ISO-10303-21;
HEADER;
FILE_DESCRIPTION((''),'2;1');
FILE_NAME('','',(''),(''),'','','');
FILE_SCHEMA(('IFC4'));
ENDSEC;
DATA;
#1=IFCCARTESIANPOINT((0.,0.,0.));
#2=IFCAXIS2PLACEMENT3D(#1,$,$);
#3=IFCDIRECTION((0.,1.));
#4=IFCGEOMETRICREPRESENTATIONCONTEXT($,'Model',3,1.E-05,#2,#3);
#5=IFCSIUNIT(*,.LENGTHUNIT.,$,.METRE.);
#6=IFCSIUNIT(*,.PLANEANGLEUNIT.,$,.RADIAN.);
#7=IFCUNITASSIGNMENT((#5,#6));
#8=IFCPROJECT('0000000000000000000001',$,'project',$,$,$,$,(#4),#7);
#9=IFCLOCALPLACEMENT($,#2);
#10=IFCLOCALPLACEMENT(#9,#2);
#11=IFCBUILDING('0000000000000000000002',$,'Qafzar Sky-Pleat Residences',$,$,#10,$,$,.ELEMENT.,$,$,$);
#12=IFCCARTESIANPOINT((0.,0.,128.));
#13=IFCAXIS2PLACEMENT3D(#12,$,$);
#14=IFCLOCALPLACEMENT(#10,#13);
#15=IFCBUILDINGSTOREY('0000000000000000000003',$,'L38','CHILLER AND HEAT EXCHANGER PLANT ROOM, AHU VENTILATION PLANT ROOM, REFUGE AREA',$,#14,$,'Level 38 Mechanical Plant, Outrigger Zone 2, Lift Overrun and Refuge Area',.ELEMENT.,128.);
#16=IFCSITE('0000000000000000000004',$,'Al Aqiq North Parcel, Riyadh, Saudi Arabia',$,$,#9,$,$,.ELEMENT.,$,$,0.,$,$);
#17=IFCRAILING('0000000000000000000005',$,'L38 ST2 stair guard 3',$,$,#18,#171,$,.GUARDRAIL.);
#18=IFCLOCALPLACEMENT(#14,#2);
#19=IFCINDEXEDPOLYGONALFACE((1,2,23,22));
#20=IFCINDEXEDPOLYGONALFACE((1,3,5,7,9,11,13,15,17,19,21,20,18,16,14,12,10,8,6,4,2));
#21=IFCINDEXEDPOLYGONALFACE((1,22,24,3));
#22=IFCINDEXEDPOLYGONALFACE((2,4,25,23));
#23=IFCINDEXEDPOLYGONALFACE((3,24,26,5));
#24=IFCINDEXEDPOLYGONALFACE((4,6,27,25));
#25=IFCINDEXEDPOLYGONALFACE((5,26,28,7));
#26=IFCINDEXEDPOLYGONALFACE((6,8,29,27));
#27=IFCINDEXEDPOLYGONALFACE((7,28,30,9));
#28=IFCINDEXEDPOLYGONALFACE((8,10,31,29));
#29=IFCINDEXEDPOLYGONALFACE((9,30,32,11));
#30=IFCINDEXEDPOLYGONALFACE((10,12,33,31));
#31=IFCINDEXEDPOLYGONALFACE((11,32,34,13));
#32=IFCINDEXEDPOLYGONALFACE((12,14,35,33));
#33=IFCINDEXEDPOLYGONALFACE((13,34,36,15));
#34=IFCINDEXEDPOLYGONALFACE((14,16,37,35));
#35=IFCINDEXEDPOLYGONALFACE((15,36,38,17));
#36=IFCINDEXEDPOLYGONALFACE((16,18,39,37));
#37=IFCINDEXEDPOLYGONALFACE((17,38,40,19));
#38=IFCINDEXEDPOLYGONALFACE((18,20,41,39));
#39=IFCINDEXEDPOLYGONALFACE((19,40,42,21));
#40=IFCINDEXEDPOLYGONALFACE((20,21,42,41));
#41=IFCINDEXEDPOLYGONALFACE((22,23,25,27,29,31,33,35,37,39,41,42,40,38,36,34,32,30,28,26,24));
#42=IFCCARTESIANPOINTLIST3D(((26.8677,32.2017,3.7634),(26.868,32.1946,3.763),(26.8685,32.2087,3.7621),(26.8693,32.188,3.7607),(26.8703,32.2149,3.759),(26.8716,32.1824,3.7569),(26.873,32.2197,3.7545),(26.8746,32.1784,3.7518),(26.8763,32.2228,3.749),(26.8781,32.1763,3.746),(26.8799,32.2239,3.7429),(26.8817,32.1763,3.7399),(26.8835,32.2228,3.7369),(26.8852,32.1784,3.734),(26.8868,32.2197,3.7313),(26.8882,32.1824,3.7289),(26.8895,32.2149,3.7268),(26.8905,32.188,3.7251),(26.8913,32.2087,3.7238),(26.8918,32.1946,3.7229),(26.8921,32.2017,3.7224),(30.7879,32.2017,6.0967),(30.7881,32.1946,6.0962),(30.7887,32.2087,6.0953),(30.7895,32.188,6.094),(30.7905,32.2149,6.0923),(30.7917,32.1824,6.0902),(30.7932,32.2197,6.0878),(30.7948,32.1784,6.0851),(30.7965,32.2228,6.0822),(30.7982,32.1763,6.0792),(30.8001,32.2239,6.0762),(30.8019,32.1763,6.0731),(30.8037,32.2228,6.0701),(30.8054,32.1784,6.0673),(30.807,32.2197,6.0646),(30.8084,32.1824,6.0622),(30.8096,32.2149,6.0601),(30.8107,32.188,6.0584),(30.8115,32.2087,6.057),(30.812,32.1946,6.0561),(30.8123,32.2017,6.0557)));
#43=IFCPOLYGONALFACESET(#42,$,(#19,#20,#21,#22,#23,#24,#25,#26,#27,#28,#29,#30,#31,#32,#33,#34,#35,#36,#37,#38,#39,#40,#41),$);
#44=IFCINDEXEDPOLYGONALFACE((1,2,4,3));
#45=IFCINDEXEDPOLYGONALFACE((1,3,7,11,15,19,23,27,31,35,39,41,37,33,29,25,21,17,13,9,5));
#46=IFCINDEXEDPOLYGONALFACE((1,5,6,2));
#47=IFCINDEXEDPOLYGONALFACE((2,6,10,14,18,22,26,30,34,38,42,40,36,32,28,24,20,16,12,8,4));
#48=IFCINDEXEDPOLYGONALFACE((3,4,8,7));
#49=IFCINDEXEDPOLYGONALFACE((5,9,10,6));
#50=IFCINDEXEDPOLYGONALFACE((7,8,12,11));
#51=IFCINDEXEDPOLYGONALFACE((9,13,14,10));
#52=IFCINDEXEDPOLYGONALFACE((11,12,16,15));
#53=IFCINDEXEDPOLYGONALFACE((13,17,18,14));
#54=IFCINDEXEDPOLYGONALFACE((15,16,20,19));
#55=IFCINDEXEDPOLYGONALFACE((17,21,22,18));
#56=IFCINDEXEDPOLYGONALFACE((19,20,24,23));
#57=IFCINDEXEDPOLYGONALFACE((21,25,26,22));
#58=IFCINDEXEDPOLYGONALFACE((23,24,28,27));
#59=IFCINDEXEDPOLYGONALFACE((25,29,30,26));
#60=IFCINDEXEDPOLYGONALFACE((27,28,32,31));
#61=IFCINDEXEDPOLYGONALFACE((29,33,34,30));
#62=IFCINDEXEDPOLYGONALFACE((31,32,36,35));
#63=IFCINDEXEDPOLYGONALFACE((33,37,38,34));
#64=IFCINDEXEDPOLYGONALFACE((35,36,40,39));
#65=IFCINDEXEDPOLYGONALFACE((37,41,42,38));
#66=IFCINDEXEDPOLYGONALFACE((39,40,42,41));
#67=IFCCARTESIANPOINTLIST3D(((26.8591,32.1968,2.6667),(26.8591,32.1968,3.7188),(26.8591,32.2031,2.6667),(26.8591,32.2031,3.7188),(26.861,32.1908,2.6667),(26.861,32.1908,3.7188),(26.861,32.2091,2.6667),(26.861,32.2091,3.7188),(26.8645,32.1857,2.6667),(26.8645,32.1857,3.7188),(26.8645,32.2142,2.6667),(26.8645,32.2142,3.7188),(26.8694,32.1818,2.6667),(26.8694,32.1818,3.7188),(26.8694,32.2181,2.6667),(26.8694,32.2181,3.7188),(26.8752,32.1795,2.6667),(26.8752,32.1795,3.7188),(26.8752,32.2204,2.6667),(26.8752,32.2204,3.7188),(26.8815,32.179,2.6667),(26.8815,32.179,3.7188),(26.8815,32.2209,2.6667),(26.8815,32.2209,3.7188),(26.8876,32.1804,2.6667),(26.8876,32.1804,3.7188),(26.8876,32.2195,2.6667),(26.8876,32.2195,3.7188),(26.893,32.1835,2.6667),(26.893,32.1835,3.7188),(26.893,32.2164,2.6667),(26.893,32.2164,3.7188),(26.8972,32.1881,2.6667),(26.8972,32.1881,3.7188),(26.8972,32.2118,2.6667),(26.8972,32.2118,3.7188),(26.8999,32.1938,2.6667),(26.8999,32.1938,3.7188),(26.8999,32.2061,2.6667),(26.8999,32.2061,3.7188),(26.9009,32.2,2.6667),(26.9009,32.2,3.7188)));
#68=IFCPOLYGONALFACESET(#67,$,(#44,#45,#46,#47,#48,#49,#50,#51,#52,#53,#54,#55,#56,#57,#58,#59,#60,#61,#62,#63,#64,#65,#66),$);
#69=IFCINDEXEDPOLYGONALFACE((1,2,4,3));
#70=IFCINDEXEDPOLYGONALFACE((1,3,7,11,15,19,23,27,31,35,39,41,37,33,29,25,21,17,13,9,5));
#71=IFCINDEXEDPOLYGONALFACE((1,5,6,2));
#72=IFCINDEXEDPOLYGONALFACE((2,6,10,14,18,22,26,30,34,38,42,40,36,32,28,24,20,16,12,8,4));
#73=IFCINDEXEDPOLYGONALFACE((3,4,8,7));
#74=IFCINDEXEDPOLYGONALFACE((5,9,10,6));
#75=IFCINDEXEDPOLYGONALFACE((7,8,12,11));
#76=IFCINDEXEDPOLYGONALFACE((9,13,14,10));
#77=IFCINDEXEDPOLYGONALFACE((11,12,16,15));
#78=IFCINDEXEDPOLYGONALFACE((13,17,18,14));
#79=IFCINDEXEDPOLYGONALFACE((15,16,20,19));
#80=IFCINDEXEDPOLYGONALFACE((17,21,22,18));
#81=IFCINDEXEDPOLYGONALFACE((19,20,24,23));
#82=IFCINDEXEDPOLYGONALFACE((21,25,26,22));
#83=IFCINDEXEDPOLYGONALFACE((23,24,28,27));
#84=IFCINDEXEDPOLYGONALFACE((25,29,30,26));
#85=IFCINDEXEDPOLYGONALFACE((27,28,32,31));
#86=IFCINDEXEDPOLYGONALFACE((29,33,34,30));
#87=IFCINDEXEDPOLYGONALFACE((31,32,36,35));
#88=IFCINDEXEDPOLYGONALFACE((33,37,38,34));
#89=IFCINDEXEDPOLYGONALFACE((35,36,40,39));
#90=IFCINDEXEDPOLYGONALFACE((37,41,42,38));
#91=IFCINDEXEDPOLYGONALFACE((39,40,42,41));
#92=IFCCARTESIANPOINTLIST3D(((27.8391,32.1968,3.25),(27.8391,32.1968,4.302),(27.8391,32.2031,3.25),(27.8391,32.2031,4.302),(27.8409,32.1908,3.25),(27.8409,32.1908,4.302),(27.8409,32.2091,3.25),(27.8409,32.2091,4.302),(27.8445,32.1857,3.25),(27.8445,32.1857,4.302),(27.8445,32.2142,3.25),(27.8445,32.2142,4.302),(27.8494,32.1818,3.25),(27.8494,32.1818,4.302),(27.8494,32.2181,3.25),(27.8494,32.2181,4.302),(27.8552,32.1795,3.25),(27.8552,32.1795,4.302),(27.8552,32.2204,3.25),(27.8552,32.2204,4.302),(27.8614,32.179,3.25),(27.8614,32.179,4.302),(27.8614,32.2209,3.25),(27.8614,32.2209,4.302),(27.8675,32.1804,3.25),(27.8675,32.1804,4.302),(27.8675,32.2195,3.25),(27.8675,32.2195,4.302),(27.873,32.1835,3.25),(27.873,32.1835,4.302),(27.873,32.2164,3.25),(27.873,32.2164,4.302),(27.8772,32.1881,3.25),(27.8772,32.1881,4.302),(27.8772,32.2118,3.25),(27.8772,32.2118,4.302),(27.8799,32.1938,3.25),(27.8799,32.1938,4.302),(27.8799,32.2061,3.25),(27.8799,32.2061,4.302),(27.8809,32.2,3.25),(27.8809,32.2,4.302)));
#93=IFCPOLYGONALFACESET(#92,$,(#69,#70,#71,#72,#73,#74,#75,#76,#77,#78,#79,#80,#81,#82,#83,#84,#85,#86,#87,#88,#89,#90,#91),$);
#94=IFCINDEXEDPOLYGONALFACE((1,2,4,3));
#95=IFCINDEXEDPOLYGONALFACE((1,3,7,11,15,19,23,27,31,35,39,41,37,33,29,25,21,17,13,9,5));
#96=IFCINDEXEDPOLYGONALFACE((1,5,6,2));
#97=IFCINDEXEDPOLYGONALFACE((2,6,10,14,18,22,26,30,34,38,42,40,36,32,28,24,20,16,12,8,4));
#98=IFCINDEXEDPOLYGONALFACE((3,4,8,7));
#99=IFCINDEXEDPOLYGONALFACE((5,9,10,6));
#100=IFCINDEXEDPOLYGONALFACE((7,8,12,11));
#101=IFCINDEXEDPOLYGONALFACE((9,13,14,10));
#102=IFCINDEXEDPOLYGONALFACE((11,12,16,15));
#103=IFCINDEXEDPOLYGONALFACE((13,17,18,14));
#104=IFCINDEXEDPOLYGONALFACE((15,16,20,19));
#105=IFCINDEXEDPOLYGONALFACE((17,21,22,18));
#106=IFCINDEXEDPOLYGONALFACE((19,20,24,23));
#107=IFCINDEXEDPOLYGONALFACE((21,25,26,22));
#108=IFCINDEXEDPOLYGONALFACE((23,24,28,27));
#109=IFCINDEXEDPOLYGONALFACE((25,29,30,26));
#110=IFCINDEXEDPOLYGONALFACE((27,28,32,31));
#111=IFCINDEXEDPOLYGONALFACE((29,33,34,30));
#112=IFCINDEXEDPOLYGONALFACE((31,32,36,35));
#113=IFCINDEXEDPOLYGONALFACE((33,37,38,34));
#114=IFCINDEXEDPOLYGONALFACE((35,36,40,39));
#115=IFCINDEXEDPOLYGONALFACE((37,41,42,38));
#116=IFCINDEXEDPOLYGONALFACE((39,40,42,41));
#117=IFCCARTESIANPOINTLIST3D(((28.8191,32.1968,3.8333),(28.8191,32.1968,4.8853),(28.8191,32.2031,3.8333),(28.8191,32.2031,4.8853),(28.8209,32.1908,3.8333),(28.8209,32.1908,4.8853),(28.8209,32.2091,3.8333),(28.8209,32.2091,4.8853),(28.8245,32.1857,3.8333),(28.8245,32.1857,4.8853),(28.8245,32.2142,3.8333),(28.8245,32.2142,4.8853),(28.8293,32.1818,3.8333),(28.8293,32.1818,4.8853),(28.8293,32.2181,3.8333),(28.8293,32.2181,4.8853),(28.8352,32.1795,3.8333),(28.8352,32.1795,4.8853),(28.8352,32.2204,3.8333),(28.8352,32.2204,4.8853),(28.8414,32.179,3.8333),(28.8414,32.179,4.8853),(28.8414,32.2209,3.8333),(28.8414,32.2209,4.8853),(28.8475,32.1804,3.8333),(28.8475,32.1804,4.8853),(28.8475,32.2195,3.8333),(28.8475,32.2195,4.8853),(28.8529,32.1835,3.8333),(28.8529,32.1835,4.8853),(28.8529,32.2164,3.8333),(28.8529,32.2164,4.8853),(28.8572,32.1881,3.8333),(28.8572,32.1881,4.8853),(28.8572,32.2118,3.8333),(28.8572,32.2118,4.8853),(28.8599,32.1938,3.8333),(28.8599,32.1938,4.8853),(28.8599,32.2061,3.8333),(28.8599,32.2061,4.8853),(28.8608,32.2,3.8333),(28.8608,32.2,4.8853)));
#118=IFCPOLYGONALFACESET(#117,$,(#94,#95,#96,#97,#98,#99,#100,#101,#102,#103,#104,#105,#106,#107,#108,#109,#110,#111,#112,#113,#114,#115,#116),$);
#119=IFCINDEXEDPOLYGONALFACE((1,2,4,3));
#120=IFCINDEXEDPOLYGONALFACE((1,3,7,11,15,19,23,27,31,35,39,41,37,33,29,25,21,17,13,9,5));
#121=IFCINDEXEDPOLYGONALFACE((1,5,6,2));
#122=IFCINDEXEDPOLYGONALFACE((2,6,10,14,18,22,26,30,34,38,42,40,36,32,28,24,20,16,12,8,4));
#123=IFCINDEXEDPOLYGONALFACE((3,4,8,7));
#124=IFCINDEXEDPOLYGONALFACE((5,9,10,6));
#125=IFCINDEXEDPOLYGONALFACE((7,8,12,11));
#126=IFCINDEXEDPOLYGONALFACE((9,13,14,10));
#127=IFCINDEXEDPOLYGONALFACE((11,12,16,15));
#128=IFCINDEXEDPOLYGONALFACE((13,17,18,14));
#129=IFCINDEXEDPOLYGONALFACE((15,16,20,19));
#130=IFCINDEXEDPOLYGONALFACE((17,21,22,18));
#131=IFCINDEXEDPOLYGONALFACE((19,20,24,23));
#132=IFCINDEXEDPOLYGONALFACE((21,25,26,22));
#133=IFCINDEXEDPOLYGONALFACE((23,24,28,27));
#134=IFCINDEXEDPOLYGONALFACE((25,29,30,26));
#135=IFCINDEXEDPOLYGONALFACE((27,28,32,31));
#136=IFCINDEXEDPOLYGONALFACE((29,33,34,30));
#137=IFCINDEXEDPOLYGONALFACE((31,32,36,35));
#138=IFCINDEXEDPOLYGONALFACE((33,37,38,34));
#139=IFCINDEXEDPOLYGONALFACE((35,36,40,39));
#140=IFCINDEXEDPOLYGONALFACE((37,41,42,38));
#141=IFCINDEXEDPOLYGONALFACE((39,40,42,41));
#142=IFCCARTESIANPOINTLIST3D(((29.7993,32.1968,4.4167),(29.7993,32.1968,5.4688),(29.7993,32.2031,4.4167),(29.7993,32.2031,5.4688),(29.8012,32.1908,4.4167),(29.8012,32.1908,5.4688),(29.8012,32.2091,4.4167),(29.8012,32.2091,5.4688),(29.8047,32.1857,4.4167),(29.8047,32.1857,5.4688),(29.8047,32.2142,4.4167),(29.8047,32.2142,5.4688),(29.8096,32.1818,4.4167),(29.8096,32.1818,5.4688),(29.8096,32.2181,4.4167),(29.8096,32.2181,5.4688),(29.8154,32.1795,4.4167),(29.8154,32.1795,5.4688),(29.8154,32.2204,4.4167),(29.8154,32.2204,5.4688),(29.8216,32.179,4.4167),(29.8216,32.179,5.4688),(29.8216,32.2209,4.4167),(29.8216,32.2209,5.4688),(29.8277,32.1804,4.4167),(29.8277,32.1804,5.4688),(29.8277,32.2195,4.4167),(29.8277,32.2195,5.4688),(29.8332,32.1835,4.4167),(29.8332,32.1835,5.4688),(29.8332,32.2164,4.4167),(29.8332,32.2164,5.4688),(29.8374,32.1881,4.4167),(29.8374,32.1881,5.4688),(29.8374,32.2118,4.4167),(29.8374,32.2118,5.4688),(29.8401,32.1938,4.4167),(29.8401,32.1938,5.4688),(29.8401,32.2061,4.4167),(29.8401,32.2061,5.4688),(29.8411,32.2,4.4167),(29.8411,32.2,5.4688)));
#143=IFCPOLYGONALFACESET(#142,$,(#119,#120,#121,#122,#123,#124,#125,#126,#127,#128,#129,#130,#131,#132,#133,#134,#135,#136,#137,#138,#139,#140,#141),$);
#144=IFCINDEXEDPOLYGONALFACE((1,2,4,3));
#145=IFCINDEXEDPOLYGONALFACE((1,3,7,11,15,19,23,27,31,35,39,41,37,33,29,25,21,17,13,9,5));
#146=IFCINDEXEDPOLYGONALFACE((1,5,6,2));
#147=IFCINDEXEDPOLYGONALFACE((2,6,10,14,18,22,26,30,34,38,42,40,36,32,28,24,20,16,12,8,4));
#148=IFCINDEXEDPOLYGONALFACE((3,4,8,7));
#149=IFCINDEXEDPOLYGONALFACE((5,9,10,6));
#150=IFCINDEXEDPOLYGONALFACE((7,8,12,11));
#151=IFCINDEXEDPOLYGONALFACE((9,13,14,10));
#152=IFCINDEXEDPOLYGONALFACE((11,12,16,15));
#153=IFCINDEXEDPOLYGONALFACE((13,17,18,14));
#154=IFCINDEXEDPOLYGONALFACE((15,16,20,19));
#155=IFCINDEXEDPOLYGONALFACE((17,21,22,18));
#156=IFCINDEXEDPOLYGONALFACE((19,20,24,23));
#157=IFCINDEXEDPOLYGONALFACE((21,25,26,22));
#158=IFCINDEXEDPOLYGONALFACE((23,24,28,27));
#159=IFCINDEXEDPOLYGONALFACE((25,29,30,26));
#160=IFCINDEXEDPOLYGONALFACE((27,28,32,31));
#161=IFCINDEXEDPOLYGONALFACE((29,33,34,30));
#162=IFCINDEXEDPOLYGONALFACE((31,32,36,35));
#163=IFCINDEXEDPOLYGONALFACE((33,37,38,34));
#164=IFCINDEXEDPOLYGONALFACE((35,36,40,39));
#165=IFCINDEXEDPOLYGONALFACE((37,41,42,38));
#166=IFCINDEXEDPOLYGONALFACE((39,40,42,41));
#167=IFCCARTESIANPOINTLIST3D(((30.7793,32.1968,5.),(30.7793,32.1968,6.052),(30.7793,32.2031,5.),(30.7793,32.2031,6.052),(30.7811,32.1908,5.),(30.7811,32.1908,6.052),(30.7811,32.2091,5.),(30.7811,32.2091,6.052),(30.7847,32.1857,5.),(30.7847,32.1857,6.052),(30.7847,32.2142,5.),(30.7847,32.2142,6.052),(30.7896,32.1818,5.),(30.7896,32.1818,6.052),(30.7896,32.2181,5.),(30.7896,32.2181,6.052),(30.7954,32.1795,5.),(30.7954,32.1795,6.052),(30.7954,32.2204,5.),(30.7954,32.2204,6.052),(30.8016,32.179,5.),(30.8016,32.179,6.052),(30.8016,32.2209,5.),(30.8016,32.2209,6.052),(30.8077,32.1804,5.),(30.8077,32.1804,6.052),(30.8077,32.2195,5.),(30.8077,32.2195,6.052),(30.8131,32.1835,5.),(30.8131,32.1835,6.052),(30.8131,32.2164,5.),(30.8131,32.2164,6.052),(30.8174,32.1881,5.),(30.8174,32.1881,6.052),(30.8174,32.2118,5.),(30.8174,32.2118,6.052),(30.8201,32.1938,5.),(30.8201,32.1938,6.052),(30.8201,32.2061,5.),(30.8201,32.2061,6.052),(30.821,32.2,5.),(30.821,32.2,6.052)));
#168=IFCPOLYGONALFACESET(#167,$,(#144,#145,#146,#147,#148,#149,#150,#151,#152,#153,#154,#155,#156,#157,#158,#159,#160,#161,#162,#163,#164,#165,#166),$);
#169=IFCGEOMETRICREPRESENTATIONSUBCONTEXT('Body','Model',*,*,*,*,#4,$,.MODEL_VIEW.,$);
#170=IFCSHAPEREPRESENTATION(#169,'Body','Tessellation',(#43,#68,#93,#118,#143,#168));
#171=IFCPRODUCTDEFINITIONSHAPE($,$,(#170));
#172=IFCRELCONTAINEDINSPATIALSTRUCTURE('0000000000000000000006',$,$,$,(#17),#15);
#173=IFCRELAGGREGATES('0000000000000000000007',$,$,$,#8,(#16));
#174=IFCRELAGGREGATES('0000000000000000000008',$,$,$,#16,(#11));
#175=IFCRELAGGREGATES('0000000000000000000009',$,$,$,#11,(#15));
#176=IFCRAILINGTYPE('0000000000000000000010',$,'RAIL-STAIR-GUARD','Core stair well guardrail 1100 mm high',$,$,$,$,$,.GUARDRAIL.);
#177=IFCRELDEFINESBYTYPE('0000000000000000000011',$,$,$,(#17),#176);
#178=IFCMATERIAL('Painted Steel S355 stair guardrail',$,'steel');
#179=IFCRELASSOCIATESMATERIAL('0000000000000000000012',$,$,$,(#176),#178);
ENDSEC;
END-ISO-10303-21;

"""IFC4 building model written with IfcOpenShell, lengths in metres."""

from ifc_helpers import new_model, si_unit, direction, frame, origin, origin_2d, place, context, subcontext, project, spatial, circle, extrude, source, transform, mapped, material, type_object, element, save


model = new_model("IFC4")

# Units and contexts
model_context = context("Model", 3, precision=1e-05, world=origin(), true_north=direction((0.0, 1.0)))
body_context = subcontext(model_context, "Body", "Model", "MODEL_VIEW")
ifc_project = project(units=[si_unit("LENGTHUNIT", "METRE"), si_unit("PLANEANGLEUNIT", "RADIAN")], contexts=[model_context])

# Site, building, storey
site_placement = place(None, origin())
site = spatial("IfcSite", under=ifc_project, at=site_placement, Name="Al Aqiq North Parcel, Riyadh, Saudi Arabia", CompositionType="ELEMENT", RefElevation=0.0)
building_placement = place(site_placement, origin())
building = spatial("IfcBuilding", under=site, at=building_placement, Name="Qafzar Sky-Pleat Residences", CompositionType="ELEMENT")
storey_placement = place(building_placement, frame((0.0, 0.0, 128.0)))
storey = spatial("IfcBuildingStorey", under=building, at=storey_placement, Name="L38", Description="CHILLER AND HEAT EXCHANGER PLANT ROOM, AHU VENTILATION PLANT ROOM, REFUGE AREA", LongName="Level 38 Mechanical Plant, Outrigger Zone 2, Lift Overrun and Refuge Area", CompositionType="ELEMENT", Elevation=128.0)

# Railing
ifc_material_1 = material(Name="Painted Steel S355 stair guardrail", Category="steel")
railing_type_1 = type_object("IfcRailingType", Name="RAIL-STAIR-GUARD", Description="Core stair well guardrail 1100 mm high", PredefinedType="GUARDRAIL", material=ifc_material_1)
shared_shape_1 = source(origin(), body_context, "Body", "SweptSolid", [
    extrude(circle(Radius=0.0239, at=origin_2d()), frame((0.0, 0.0, 1.0762), z_axis=(0.85931, 0.0, 0.511455), x_axis=(0.0, 1.0, 0.0)), (0.0, 0.0, 1.0), 4.562),
    extrude(circle(Radius=0.021, at=origin_2d()), origin(), (0.0, 0.0, 1.0), 1.052),
    extrude(circle(Radius=0.021, at=origin_2d()), frame((0.98, 0.0, 0.5833)), (0.0, 0.0, 1.0), 1.052),
    extrude(circle(Radius=0.021, at=origin_2d()), frame((1.96, 0.0, 1.1665)), (0.0, 0.0, 1.0), 1.052),
    extrude(circle(Radius=0.021, at=origin_2d()), frame((2.9402, 0.0, 1.75)), (0.0, 0.0, 1.0), 1.052),
    extrude(circle(Radius=0.021, at=origin_2d()), frame((3.9202, 0.0, 2.3333)), (0.0, 0.0, 1.0), 1.052),
])
railing_1_placement = place(storey_placement, frame((26.8799, 32.2, 2.6667)))
element("IfcRailing", 1, at=railing_1_placement, inside=storey, type_object=railing_type_1, Name="L38 ST2 stair guard 3", PredefinedType="GUARDRAIL", context=body_context, shape_type="MappedRepresentation", body=[
    mapped(shared_shape_1, transform((0.0, 0.0, 0.0), x_axis=(1.0, 0.0, 0.0), y_axis=(0.0, 1.0, 0.0), z_axis=(0.0, 0.0, 1.0), scale=1.0)),
])

save(model, "model.ifc")
